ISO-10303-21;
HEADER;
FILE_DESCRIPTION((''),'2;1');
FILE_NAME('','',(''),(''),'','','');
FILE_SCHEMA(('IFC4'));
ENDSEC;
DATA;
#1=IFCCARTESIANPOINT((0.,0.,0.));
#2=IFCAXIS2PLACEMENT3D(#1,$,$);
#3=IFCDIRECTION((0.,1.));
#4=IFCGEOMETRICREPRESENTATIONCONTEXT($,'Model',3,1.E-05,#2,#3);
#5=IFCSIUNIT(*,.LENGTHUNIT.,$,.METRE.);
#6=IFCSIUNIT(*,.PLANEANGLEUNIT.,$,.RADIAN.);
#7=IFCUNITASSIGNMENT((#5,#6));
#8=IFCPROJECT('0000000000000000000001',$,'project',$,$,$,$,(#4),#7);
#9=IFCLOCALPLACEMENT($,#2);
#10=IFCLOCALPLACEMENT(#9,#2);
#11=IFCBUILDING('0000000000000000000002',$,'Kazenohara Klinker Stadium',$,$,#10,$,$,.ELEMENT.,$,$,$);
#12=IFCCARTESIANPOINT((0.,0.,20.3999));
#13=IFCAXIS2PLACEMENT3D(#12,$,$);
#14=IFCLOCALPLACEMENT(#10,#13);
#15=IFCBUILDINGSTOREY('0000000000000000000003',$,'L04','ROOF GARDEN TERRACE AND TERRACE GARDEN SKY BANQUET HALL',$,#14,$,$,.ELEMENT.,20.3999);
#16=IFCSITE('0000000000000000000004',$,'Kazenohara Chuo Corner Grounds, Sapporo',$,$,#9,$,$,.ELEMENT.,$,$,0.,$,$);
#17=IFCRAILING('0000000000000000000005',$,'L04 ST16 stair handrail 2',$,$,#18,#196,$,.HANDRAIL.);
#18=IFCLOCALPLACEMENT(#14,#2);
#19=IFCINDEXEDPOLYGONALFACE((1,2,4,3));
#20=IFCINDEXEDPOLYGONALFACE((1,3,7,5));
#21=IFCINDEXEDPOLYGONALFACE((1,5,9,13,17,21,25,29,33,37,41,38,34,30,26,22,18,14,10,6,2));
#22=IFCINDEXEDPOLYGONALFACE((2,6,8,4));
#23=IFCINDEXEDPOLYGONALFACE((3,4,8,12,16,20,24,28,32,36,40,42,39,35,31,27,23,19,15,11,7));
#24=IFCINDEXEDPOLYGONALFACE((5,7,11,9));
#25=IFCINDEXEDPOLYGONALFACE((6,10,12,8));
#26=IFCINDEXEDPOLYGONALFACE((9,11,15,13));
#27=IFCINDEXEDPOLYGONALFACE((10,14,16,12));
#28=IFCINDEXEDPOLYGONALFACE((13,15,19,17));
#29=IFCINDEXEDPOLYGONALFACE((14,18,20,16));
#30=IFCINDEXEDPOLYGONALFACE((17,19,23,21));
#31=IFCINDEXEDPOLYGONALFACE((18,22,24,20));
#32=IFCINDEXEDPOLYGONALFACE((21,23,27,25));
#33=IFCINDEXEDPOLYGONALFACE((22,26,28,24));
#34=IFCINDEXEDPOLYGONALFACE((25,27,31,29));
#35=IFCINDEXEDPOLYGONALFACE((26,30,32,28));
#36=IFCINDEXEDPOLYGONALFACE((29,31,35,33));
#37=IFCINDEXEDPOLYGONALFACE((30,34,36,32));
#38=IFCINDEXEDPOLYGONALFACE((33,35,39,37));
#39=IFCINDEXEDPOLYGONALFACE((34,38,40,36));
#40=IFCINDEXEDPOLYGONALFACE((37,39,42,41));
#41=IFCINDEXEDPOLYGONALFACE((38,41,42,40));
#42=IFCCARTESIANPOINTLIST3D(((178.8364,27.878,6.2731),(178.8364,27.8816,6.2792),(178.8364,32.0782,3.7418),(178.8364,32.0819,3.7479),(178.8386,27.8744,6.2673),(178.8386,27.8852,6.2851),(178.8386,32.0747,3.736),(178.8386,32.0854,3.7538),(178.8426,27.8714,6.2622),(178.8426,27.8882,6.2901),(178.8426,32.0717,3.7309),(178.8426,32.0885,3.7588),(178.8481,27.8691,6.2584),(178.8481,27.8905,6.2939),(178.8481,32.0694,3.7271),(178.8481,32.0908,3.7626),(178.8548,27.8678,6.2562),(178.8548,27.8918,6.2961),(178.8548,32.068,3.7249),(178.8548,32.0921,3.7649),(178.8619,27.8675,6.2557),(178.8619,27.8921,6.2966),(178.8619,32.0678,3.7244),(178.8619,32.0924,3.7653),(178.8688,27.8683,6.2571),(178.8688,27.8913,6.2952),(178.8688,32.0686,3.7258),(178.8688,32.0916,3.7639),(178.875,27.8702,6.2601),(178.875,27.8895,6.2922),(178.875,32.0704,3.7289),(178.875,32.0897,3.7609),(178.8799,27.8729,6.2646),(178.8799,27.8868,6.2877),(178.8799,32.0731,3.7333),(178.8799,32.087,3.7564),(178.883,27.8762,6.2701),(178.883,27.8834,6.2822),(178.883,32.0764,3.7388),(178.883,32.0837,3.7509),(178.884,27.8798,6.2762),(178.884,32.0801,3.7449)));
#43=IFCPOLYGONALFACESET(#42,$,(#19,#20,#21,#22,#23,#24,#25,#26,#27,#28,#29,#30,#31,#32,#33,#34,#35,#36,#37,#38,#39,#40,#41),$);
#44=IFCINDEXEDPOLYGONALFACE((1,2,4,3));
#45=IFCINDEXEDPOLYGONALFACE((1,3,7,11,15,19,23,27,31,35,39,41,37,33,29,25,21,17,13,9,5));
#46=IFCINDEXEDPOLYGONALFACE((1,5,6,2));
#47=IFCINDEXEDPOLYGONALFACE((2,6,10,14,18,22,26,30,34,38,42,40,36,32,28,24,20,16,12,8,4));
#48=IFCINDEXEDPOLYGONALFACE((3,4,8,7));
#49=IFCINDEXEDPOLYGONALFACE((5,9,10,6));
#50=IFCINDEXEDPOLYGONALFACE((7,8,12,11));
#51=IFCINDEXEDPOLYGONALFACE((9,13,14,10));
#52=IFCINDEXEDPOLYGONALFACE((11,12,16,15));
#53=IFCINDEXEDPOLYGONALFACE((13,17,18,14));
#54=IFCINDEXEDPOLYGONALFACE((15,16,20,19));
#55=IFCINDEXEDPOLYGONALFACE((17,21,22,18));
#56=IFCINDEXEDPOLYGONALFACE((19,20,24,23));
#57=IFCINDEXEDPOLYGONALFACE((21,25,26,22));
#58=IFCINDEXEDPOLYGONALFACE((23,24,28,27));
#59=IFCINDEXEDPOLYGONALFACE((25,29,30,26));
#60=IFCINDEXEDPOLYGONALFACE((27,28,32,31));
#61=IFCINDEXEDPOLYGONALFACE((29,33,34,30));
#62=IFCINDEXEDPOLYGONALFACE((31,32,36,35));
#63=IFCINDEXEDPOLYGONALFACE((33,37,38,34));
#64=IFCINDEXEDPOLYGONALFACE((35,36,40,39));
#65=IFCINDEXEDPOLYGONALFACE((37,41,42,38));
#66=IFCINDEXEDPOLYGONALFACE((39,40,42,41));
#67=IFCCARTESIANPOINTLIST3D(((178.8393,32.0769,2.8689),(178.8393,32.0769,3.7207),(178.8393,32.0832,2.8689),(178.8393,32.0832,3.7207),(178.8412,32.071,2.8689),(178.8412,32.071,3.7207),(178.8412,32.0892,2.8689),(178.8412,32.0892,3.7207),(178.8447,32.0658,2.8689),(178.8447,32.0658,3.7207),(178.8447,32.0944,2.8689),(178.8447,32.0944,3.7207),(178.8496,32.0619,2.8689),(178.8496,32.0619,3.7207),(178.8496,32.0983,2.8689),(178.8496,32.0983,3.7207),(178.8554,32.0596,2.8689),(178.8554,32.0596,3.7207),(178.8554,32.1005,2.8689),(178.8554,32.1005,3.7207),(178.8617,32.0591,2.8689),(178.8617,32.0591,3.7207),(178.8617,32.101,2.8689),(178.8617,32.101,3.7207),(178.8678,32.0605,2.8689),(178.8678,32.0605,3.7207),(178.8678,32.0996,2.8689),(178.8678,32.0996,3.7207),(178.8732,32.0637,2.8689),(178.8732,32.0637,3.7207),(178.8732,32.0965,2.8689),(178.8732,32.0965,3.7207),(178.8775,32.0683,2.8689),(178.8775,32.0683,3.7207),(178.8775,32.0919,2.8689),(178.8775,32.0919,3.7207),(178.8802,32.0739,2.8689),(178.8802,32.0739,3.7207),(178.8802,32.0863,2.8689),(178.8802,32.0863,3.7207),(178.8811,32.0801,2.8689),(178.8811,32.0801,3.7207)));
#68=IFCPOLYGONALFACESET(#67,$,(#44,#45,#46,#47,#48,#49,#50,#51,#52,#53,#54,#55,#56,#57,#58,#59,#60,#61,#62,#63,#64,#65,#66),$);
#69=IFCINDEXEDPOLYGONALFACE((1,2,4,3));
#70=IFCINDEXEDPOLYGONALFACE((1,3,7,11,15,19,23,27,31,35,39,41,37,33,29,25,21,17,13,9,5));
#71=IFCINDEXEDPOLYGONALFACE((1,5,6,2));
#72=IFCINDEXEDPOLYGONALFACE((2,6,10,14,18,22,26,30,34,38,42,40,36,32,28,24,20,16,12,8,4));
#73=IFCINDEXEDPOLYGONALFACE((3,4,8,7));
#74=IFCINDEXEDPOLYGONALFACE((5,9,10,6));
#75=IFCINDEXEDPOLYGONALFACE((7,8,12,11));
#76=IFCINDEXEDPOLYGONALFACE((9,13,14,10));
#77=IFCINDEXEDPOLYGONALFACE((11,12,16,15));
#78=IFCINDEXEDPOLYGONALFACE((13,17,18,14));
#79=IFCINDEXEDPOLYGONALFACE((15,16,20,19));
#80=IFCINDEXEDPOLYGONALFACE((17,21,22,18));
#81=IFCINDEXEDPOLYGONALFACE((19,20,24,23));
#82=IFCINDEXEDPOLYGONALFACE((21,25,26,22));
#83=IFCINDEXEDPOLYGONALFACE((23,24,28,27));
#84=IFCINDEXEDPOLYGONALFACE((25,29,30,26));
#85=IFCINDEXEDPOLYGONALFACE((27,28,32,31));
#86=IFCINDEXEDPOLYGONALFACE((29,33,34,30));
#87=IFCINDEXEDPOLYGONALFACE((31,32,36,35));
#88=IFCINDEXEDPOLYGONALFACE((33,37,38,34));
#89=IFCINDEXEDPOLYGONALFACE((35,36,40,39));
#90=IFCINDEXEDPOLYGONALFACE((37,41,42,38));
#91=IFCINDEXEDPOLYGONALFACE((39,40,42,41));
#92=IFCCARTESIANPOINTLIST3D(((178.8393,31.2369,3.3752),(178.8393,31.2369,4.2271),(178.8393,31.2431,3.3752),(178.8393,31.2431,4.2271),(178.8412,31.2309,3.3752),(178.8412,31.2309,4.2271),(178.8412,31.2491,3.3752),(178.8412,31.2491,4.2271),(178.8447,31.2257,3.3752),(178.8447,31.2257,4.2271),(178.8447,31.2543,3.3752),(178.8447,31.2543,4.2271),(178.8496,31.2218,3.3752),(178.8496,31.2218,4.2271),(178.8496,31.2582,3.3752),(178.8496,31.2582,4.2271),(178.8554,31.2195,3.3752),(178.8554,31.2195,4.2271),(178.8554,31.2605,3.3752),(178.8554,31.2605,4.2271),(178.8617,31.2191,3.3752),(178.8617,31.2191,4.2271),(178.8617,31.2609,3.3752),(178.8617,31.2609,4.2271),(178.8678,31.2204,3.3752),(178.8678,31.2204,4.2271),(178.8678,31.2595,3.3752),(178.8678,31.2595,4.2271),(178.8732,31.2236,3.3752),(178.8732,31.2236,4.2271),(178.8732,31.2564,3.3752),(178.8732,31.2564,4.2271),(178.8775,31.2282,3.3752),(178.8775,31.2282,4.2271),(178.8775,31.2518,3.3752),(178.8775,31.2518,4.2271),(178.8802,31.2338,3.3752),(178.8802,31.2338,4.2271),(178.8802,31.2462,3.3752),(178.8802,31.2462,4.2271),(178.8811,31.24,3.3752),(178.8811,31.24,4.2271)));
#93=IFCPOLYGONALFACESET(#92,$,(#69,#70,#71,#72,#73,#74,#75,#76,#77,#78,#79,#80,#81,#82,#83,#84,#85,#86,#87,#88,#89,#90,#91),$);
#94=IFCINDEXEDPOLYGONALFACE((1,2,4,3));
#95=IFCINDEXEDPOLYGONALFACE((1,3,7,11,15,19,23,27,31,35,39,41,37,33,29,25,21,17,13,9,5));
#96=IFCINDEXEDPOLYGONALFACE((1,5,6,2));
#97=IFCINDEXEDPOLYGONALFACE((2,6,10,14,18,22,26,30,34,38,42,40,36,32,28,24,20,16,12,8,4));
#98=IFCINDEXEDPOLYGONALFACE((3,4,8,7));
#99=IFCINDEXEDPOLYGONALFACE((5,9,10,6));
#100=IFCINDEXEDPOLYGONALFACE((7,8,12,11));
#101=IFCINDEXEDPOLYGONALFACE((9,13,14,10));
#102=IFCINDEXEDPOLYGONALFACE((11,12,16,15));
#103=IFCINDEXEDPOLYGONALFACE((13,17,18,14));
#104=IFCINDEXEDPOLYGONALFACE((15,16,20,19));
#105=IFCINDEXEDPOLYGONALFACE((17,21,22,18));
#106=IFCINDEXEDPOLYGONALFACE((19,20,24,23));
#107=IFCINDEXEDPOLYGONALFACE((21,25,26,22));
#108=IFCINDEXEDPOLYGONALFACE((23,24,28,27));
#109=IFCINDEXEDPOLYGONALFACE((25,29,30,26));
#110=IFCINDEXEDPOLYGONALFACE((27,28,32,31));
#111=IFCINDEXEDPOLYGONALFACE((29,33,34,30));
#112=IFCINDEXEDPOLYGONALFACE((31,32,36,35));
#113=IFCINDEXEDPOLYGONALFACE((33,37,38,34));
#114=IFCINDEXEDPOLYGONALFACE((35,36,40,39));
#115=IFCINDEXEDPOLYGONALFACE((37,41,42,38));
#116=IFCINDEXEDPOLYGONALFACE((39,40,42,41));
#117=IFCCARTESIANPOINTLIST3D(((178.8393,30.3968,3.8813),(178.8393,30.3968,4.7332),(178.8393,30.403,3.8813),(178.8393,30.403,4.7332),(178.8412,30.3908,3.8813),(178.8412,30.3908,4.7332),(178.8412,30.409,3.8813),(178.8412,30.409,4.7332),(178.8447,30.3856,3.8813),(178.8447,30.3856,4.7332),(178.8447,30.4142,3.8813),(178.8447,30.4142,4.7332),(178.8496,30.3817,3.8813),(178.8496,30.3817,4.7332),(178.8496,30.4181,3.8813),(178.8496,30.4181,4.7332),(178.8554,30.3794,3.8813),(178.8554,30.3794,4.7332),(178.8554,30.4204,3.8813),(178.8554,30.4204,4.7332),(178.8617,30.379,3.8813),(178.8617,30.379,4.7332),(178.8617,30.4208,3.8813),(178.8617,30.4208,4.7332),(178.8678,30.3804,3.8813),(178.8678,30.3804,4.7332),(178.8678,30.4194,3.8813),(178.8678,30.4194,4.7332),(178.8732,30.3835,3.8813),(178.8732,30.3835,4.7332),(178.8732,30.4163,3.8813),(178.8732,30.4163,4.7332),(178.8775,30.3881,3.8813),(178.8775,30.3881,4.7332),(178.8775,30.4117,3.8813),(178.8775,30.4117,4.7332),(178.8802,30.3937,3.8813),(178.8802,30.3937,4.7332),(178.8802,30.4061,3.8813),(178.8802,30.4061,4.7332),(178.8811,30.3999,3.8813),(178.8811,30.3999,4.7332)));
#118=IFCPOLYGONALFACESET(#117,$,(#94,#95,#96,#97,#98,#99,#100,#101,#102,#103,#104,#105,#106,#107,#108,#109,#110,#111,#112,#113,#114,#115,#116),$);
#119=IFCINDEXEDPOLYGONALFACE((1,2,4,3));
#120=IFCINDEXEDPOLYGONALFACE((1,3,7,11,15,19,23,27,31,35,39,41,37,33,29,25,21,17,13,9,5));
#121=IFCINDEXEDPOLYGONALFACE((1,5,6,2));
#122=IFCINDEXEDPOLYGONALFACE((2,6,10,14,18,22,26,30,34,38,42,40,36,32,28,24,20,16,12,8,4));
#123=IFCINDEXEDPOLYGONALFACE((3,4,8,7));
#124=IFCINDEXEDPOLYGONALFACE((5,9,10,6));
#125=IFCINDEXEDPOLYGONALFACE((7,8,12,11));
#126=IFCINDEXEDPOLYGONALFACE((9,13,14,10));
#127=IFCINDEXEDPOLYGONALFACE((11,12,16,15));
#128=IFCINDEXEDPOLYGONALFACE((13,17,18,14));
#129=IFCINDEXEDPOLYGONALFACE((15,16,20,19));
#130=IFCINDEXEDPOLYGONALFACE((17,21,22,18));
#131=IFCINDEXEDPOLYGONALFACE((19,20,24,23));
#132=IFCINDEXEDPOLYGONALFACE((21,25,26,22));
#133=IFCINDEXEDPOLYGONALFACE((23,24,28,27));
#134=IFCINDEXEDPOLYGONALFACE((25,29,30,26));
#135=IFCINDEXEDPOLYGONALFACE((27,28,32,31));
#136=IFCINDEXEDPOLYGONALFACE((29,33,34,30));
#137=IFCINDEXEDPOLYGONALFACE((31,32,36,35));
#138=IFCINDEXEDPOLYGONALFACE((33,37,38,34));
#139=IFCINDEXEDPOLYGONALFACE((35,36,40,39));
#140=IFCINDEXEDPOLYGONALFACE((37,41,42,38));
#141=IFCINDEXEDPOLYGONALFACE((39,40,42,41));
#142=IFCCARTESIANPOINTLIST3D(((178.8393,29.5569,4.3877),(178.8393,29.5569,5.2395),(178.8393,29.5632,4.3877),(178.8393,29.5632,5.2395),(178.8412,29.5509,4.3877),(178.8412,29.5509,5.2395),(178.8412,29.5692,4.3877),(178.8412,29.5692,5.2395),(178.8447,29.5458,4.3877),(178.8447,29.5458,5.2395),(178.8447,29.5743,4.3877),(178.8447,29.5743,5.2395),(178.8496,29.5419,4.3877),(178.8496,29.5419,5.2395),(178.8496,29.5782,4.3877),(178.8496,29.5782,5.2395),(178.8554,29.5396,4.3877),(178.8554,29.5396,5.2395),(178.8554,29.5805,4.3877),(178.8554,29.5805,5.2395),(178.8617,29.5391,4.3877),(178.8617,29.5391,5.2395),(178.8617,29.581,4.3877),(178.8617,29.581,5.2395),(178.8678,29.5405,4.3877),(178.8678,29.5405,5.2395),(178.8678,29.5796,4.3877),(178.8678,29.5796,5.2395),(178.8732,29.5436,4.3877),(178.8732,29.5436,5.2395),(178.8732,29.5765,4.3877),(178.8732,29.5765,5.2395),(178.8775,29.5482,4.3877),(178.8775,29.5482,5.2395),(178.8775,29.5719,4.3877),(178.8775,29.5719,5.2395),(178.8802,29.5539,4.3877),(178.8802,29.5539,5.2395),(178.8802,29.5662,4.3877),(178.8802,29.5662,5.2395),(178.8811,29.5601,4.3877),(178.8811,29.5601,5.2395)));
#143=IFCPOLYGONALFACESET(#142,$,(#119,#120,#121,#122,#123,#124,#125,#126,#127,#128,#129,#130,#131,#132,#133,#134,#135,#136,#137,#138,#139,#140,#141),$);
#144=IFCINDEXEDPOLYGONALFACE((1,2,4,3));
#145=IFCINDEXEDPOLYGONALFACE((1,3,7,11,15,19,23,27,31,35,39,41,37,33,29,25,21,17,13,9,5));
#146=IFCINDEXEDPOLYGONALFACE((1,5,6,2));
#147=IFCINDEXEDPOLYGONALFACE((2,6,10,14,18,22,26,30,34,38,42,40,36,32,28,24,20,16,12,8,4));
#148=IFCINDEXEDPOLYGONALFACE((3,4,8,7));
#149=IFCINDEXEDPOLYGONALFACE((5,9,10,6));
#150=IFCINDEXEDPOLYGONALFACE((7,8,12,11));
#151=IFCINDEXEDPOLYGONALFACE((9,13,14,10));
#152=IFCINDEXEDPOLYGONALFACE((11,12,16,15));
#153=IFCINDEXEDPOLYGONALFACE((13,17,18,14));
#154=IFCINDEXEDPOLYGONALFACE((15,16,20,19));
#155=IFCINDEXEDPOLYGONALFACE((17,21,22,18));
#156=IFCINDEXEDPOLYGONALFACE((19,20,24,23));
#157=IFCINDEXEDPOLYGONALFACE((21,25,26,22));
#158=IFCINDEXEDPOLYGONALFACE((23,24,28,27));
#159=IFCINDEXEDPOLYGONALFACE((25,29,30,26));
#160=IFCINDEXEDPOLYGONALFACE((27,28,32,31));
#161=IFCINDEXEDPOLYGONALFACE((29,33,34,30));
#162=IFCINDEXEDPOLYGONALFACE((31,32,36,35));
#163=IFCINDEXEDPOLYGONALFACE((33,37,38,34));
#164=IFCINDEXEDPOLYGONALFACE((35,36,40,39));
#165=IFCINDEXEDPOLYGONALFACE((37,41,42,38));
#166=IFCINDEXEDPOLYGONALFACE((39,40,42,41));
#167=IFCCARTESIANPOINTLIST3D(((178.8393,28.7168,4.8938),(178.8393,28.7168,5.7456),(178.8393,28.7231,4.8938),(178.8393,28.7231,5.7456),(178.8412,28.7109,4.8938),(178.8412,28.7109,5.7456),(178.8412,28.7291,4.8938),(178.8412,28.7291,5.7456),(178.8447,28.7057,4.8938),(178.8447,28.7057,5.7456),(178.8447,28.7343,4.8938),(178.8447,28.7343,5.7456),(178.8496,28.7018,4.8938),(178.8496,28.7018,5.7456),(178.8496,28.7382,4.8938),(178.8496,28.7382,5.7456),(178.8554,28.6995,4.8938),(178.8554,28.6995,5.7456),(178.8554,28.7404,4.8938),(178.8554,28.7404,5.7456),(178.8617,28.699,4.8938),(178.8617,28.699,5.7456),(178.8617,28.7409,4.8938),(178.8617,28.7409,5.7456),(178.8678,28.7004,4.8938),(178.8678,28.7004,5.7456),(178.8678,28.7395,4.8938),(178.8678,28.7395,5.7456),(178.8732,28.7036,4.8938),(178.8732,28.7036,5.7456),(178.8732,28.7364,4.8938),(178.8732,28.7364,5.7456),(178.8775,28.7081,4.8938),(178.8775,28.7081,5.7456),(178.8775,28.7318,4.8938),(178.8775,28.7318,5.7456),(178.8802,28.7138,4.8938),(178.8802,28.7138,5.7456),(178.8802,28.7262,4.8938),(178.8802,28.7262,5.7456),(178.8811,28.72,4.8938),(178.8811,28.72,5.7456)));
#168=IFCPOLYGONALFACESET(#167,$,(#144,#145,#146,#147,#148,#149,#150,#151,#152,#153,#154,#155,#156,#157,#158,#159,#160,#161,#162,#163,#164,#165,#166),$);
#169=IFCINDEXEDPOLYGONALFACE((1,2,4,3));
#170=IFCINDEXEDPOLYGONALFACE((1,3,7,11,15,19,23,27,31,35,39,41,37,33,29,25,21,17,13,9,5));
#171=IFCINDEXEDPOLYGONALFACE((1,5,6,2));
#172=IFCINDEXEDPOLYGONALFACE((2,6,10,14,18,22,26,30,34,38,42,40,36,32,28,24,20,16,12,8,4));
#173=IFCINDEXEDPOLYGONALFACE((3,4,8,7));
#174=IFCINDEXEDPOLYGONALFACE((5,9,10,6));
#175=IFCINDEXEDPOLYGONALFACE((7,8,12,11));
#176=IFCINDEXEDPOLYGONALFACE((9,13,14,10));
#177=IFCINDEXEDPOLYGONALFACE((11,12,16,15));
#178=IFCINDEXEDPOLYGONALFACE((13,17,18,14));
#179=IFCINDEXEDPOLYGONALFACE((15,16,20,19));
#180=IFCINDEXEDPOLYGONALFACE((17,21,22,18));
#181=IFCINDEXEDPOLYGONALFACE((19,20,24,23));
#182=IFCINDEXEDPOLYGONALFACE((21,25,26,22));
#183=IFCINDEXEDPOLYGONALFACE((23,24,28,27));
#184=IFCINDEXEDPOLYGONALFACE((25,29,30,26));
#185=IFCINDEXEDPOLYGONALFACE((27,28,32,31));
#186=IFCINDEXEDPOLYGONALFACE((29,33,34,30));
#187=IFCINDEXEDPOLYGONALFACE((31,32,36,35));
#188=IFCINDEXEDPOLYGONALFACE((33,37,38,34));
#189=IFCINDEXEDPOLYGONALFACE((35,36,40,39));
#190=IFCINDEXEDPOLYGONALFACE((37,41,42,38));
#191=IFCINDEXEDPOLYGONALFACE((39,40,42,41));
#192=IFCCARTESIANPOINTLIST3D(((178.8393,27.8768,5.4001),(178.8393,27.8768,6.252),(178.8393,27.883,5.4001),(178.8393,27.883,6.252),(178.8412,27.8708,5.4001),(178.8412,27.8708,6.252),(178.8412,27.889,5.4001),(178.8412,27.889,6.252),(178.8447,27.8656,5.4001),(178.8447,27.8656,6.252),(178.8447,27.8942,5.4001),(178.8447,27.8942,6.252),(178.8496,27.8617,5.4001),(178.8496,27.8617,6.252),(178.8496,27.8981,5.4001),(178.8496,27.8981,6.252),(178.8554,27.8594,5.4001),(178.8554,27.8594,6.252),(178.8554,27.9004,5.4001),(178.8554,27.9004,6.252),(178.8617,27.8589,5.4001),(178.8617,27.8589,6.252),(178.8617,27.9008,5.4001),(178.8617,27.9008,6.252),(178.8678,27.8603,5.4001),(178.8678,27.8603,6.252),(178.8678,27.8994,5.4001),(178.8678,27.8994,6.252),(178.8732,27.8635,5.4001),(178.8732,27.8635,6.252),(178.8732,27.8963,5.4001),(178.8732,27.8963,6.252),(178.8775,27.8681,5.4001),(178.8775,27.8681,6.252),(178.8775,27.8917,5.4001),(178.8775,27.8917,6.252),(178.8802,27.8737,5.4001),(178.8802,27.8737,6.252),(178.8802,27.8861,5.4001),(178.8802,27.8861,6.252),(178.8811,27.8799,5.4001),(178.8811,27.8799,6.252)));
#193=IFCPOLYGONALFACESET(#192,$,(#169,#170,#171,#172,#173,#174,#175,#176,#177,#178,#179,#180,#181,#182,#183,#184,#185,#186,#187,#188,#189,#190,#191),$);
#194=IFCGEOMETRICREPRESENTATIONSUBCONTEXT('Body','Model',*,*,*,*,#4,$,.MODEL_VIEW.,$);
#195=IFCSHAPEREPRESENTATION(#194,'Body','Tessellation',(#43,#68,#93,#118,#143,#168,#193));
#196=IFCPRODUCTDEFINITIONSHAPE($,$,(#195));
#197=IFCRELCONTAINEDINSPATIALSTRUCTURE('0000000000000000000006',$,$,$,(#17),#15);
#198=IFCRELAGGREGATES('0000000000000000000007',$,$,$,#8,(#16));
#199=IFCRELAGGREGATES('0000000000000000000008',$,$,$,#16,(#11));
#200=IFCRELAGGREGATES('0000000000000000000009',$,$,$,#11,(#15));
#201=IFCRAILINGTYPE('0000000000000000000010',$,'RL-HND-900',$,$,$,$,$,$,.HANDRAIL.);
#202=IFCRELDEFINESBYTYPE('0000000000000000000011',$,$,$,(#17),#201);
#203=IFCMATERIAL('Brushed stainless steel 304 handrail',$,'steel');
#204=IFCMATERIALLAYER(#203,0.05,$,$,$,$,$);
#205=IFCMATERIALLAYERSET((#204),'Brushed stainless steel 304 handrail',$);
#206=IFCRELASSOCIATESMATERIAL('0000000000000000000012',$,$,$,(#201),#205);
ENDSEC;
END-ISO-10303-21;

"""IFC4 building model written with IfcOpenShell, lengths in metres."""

from ifc_helpers import new_model, si_unit, direction, frame, origin, origin_2d, place, context, subcontext, project, spatial, circle, extrude, material, layer, layer_set, type_object, element, save


model = new_model("IFC4")

# Units and contexts
model_context = context("Model", 3, precision=1e-05, world=origin(), true_north=direction((0.0, 1.0)))
body_context = subcontext(model_context, "Body", "Model", "MODEL_VIEW")
ifc_project = project(units=[si_unit("LENGTHUNIT", "METRE"), si_unit("PLANEANGLEUNIT", "RADIAN")], contexts=[model_context])

# Site, building, storey
site_placement = place(None, origin())
site = spatial("IfcSite", under=ifc_project, at=site_placement, Name="Kazenohara Chuo Corner Grounds, Sapporo", CompositionType="ELEMENT", RefElevation=0.0)
building_placement = place(site_placement, origin())
building = spatial("IfcBuilding", under=site, at=building_placement, Name="Kazenohara Klinker Stadium", CompositionType="ELEMENT")
storey_placement = place(building_placement, frame((0.0, 0.0, 20.3999)))
storey = spatial("IfcBuildingStorey", under=building, at=storey_placement, Name="L04", Description="ROOF GARDEN TERRACE AND TERRACE GARDEN SKY BANQUET HALL", CompositionType="ELEMENT", Elevation=20.3999)

# Railing
ifc_material_1 = material(Name="Brushed stainless steel 304 handrail", Category="steel")
ifc_layer_1 = layer(ifc_material_1, 0.05)
ifc_layer_set_1 = layer_set([ifc_layer_1], Name="Brushed stainless steel 304 handrail")
railing_type_1 = type_object("IfcRailingType", Name="RL-HND-900", PredefinedType="HANDRAIL", material=ifc_layer_set_1)
railing_1_placement = place(storey_placement, frame((178.8601, 32.0801, 2.8689)))
element("IfcRailing", 1, at=railing_1_placement, inside=storey, type_object=railing_type_1, Name="L04 ST16 stair handrail 2", PredefinedType="HANDRAIL", context=body_context, shape_type="SweptSolid", body=[
    extrude(circle(Radius=0.0239, at=origin_2d()), frame((0.0, 0.0, 0.876), z_axis=(0.0, -0.85649, 0.516164), x_axis=(1.0, 0.0, 0.0)), (0.0, 0.0, 1.0), 4.9041),
    extrude(circle(Radius=0.021, at=origin_2d()), origin(), (0.0, 0.0, 1.0), 0.8518),
    extrude(circle(Radius=0.021, at=origin_2d()), frame((0.0, -0.8401, 0.5063)), (0.0, 0.0, 1.0), 0.8518),
    extrude(circle(Radius=0.021, at=origin_2d()), frame((0.0, -1.6802, 1.0125)), (0.0, 0.0, 1.0), 0.8518),
    extrude(circle(Radius=0.021, at=origin_2d()), frame((0.0, -2.52, 1.5188)), (0.0, 0.0, 1.0), 0.8518),
    extrude(circle(Radius=0.021, at=origin_2d()), frame((0.0, -3.3601, 2.0249)), (0.0, 0.0, 1.0), 0.8518),
    extrude(circle(Radius=0.021, at=origin_2d()), frame((0.0, -4.2002, 2.5312)), (0.0, 0.0, 1.0), 0.8518),
])

save(model, "model.ifc")
